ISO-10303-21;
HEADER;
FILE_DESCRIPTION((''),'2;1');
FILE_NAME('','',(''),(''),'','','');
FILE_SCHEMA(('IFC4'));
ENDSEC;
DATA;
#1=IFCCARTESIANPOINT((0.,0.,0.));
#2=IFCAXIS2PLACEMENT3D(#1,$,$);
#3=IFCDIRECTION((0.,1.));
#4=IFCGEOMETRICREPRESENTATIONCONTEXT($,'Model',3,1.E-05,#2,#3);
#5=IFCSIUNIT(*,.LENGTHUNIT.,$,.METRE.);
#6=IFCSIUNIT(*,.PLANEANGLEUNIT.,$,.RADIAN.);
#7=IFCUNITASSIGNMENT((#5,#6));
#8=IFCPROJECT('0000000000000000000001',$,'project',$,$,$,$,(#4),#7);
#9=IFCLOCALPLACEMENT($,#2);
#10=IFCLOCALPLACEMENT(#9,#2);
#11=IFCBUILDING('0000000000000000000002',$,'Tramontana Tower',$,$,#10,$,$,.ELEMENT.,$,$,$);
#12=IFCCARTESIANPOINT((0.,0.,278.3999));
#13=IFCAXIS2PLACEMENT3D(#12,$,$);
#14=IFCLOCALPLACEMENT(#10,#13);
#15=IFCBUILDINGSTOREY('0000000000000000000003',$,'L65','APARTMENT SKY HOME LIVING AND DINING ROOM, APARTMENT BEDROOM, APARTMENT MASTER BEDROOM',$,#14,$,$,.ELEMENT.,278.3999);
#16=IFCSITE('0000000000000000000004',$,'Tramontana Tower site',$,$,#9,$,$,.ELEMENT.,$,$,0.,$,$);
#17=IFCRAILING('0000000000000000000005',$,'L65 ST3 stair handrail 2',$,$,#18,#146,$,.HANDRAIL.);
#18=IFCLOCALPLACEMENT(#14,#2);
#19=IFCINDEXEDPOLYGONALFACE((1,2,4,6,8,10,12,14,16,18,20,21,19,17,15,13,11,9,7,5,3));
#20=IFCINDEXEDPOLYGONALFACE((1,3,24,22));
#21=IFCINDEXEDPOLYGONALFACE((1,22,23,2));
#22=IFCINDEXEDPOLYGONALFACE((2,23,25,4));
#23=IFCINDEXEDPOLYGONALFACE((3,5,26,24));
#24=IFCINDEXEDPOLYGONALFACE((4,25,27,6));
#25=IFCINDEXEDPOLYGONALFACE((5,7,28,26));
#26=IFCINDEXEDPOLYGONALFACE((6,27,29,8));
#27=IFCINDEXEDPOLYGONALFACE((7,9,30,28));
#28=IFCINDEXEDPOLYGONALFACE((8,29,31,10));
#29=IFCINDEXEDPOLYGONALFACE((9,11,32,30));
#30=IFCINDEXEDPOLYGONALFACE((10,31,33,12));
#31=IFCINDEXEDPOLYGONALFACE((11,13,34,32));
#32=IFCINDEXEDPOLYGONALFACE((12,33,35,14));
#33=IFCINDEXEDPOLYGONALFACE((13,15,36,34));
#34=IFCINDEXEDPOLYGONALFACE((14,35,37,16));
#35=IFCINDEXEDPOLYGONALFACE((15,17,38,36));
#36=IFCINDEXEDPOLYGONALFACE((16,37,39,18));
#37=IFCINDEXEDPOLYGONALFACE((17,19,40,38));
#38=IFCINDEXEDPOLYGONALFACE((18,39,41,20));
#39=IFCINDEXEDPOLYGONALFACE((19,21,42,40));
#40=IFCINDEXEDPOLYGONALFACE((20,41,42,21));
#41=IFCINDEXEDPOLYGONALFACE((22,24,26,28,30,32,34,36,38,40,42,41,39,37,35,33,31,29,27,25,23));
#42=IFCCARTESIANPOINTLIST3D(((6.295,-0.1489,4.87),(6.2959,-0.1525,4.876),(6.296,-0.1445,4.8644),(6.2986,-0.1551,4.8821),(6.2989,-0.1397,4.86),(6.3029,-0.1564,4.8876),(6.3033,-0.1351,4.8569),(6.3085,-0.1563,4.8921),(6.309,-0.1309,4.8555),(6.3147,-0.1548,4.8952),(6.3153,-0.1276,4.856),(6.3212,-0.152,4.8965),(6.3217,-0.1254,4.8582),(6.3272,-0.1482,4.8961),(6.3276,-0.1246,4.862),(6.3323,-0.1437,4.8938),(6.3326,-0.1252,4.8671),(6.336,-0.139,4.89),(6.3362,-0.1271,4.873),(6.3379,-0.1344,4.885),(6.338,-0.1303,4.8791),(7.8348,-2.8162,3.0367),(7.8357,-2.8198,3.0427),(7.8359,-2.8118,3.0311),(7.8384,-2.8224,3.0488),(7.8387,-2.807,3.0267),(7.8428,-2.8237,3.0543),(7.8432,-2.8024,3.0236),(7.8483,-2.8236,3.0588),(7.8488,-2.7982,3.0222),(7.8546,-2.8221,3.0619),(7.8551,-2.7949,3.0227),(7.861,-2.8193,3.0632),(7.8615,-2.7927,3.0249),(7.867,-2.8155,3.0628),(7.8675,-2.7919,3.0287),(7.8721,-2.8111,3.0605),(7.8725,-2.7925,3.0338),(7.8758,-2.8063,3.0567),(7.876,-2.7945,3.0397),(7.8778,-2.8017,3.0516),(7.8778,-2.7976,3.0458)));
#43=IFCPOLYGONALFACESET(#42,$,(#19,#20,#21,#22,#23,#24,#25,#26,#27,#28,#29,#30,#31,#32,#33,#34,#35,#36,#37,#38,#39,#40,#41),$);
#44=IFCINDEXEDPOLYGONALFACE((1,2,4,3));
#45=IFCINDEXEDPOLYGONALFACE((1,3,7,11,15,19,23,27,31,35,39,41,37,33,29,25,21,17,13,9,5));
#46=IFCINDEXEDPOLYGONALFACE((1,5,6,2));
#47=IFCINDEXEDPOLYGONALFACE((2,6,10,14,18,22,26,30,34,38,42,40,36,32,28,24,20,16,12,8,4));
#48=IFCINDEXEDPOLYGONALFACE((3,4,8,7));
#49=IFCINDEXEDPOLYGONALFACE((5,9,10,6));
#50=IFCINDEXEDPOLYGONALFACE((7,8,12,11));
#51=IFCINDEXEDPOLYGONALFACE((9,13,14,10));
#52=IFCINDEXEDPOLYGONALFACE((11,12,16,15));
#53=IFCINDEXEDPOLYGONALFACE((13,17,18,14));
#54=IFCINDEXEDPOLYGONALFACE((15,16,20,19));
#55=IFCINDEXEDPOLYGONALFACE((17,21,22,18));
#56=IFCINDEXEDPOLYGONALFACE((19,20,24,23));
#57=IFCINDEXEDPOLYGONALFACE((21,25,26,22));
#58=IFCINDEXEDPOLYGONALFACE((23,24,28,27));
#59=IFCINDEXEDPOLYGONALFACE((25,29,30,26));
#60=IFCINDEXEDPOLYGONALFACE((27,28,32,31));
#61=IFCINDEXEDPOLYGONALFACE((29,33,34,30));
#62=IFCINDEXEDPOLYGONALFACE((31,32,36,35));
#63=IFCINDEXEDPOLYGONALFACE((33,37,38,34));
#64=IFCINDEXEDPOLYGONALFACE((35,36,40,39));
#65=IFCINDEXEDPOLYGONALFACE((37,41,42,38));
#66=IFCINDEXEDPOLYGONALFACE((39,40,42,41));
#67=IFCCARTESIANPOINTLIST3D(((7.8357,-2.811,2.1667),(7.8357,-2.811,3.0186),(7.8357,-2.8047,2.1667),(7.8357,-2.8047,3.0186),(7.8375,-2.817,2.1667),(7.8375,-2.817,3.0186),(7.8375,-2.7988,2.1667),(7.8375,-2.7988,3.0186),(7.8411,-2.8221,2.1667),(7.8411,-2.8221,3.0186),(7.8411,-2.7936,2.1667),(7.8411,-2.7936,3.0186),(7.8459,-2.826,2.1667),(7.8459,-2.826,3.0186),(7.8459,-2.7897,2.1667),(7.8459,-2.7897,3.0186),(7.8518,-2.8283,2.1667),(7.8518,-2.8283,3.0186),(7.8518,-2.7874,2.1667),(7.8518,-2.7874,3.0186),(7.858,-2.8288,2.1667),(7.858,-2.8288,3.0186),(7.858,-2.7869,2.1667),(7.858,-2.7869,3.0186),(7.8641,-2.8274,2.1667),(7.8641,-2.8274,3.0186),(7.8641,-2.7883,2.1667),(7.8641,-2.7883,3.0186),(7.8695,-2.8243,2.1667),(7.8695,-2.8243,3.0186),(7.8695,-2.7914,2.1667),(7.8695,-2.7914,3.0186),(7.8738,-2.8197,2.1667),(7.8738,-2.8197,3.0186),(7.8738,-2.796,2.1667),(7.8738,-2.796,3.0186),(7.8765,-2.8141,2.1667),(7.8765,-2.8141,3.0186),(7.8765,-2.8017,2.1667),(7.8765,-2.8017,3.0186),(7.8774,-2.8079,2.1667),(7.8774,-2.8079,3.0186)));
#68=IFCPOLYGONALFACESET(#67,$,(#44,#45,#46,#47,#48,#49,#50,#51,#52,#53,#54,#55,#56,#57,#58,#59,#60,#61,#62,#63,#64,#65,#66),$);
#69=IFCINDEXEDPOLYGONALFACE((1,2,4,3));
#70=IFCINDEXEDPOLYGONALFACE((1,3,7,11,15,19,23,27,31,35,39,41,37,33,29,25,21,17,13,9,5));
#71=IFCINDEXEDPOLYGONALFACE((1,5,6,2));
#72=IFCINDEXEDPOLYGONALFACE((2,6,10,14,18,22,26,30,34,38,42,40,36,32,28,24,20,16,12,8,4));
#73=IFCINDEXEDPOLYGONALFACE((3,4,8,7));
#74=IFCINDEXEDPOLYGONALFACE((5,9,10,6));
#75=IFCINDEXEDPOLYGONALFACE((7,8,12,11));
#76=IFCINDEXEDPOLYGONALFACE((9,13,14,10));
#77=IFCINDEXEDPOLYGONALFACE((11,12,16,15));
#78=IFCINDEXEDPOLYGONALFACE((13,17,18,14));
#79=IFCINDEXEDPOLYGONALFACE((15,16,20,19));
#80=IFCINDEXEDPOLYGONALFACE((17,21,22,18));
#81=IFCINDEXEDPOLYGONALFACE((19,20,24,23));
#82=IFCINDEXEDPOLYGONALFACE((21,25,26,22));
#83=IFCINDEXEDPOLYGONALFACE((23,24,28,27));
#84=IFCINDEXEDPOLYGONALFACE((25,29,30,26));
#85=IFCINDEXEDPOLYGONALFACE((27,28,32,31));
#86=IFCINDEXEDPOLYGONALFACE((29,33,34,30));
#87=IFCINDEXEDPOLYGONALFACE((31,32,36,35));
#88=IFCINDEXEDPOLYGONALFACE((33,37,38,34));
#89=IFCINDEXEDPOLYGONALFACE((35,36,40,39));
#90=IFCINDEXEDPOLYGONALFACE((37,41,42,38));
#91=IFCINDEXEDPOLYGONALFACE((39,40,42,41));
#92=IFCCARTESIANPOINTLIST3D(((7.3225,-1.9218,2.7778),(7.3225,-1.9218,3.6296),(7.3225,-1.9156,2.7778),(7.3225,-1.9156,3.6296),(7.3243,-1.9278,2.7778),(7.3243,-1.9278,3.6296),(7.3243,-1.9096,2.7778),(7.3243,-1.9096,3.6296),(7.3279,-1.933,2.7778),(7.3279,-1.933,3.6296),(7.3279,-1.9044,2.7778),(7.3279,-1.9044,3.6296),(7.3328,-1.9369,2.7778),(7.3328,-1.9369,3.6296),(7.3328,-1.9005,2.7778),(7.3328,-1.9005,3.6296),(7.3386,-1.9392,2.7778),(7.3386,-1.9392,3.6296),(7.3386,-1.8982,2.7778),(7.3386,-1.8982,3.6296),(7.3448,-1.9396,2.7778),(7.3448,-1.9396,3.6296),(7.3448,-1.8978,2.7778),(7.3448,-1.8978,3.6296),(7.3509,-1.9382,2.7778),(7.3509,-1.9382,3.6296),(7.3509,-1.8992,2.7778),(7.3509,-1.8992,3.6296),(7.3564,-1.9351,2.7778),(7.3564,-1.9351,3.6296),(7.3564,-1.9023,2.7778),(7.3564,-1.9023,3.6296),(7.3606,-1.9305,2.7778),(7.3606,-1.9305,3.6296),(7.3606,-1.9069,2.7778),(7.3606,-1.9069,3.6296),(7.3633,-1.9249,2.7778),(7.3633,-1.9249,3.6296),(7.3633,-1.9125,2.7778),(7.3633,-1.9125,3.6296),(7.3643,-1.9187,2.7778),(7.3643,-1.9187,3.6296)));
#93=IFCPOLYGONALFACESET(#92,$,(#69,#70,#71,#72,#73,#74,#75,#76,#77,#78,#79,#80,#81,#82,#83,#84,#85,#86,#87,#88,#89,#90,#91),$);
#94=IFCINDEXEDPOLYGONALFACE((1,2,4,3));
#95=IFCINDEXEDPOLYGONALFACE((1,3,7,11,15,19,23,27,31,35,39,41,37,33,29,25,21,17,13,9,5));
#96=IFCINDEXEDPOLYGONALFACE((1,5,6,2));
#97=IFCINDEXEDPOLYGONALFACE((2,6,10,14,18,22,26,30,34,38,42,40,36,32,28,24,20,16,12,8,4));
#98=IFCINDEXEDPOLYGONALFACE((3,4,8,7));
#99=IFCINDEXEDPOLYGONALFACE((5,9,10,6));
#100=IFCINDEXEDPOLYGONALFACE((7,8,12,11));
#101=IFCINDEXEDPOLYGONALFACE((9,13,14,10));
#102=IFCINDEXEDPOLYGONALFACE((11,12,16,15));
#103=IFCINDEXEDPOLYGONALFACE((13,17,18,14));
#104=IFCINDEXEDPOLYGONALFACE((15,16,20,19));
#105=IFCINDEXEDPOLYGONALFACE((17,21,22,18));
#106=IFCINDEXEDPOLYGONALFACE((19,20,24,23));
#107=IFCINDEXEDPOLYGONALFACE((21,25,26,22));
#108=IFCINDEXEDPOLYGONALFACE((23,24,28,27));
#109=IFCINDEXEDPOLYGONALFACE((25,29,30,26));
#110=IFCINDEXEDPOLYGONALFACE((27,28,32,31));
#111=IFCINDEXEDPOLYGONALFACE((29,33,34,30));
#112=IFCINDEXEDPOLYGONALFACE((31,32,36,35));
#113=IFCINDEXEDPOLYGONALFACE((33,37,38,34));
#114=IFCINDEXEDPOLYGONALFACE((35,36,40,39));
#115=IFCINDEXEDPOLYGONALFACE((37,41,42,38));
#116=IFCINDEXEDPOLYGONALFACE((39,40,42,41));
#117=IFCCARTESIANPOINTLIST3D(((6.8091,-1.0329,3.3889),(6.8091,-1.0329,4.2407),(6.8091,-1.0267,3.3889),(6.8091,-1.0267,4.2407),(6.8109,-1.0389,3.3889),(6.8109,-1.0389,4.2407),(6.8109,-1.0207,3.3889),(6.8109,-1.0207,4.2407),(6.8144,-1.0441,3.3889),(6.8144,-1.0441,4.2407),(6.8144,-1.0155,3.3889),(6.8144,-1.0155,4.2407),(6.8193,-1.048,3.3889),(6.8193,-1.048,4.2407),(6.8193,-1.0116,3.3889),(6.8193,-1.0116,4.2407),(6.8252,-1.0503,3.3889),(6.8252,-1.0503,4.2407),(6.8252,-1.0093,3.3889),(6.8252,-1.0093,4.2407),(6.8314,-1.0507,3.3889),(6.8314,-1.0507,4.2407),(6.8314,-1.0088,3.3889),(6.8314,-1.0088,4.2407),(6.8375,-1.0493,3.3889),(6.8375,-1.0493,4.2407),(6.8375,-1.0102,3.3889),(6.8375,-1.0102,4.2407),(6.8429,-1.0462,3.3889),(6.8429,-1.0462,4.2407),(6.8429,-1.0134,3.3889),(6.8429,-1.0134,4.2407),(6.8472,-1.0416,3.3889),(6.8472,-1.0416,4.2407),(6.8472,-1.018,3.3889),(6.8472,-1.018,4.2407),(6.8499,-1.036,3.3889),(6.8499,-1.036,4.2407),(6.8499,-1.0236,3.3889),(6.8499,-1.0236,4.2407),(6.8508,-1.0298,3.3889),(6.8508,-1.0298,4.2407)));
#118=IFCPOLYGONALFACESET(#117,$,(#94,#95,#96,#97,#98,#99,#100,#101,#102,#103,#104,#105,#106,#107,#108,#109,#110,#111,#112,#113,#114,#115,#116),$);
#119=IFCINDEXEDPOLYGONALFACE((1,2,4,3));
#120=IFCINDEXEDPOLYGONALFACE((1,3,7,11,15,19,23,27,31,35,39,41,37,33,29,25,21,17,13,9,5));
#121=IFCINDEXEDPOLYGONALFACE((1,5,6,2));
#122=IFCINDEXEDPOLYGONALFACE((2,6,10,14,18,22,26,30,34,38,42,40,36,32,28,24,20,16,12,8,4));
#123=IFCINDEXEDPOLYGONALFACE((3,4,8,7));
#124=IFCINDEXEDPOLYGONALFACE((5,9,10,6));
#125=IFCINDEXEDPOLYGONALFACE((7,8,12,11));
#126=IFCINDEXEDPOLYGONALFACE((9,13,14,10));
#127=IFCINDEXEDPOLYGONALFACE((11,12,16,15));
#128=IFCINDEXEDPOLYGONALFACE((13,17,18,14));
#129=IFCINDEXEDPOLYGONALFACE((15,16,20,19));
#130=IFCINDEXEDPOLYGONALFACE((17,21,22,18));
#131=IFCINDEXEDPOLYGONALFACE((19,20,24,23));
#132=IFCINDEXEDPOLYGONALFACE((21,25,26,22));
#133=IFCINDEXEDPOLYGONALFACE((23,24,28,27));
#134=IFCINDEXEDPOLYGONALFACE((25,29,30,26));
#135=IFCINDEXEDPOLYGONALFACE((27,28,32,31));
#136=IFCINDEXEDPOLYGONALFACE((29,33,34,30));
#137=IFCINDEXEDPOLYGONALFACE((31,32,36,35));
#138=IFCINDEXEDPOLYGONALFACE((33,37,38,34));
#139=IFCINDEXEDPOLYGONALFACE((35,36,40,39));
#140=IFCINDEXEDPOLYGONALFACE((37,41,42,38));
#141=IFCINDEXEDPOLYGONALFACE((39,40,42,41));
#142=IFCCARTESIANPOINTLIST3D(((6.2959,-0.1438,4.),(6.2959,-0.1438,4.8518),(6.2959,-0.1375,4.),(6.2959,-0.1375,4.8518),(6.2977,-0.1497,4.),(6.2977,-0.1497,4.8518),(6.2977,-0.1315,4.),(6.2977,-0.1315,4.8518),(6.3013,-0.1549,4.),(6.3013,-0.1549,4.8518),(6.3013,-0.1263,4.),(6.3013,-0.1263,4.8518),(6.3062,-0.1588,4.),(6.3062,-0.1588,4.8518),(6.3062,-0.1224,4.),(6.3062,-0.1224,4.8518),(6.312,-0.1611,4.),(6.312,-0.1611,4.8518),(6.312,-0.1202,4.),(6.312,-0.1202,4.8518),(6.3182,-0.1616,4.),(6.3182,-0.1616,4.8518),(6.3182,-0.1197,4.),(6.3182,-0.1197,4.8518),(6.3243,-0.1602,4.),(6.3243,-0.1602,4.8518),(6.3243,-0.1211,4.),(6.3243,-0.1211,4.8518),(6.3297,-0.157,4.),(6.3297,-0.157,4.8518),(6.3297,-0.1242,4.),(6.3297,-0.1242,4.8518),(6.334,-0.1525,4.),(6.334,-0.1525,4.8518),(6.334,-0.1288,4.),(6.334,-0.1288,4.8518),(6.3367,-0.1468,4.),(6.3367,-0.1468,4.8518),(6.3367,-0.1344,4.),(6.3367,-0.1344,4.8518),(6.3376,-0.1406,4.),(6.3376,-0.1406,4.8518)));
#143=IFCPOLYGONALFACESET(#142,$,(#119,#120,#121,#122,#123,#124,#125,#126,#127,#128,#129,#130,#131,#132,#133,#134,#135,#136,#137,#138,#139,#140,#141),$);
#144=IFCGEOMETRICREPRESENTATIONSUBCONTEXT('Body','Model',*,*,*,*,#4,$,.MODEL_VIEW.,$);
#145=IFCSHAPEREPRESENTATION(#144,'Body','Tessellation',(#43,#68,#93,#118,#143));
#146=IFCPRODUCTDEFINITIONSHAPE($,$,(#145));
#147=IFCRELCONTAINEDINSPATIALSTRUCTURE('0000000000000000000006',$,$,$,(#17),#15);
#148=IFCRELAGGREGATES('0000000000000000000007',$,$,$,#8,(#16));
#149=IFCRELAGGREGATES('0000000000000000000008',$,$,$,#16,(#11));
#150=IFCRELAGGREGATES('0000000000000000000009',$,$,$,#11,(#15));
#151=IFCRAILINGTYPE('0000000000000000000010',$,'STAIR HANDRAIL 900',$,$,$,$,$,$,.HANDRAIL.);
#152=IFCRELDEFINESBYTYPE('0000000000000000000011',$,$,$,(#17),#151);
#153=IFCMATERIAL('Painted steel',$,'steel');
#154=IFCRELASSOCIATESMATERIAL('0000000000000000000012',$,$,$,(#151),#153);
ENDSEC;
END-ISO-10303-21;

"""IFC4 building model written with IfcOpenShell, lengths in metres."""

from ifc_helpers import new_model, si_unit, direction, frame, origin, origin_2d, place, context, subcontext, project, spatial, circle, extrude, material, type_object, element, save


model = new_model("IFC4")

# Units and contexts
model_context = context("Model", 3, precision=1e-05, world=origin(), true_north=direction((0.0, 1.0)))
body_context = subcontext(model_context, "Body", "Model", "MODEL_VIEW")
ifc_project = project(units=[si_unit("LENGTHUNIT", "METRE"), si_unit("PLANEANGLEUNIT", "RADIAN")], contexts=[model_context])

# Site, building, storey
site_placement = place(None, origin())
site = spatial("IfcSite", under=ifc_project, at=site_placement, Name="Tramontana Tower site", CompositionType="ELEMENT", RefElevation=0.0)
building_placement = place(site_placement, origin())
building = spatial("IfcBuilding", under=site, at=building_placement, Name="Tramontana Tower", CompositionType="ELEMENT")
storey_placement = place(building_placement, frame((0.0, 0.0, 278.3999)))
storey = spatial("IfcBuildingStorey", under=building, at=storey_placement, Name="L65", Description="APARTMENT SKY HOME LIVING AND DINING ROOM, APARTMENT BEDROOM, APARTMENT MASTER BEDROOM", CompositionType="ELEMENT", Elevation=278.3999)

# Railing
ifc_material_1 = material(Name="Painted steel", Category="steel")
railing_type_1 = type_object("IfcRailingType", Name="STAIR HANDRAIL 900", PredefinedType="HANDRAIL", material=ifc_material_1)
railing_1_placement = place(storey_placement, frame((7.8564, -2.8079, 2.1667)))
element("IfcRailing", 1, at=railing_1_placement, inside=storey, type_object=railing_type_1, Name="L65 ST3 stair handrail 2", PredefinedType="HANDRAIL", context=body_context, shape_type="SweptSolid", body=[
    extrude(circle(Radius=0.0239, at=origin_2d()), frame((0.0, 0.0, 0.876), z_axis=(-0.429616, 0.744181, 0.511493), x_axis=(-0.866044, -0.499967, 0.0)), (0.0, 0.0, 1.0), 3.5842),
    extrude(circle(Radius=0.021, at=origin_2d()), origin(), (0.0, 0.0, 1.0), 0.8518),
    extrude(circle(Radius=0.021, at=origin_2d()), frame((-0.5132, 0.8892, 0.6111)), (0.0, 0.0, 1.0), 0.8518),
    extrude(circle(Radius=0.021, at=origin_2d()), frame((-1.0266, 1.7781, 1.2222)), (0.0, 0.0, 1.0), 0.8518),
    extrude(circle(Radius=0.021, at=origin_2d()), frame((-1.5398, 2.6672, 1.8333)), (0.0, 0.0, 1.0), 0.8518),
])

save(model, "model.ifc")
